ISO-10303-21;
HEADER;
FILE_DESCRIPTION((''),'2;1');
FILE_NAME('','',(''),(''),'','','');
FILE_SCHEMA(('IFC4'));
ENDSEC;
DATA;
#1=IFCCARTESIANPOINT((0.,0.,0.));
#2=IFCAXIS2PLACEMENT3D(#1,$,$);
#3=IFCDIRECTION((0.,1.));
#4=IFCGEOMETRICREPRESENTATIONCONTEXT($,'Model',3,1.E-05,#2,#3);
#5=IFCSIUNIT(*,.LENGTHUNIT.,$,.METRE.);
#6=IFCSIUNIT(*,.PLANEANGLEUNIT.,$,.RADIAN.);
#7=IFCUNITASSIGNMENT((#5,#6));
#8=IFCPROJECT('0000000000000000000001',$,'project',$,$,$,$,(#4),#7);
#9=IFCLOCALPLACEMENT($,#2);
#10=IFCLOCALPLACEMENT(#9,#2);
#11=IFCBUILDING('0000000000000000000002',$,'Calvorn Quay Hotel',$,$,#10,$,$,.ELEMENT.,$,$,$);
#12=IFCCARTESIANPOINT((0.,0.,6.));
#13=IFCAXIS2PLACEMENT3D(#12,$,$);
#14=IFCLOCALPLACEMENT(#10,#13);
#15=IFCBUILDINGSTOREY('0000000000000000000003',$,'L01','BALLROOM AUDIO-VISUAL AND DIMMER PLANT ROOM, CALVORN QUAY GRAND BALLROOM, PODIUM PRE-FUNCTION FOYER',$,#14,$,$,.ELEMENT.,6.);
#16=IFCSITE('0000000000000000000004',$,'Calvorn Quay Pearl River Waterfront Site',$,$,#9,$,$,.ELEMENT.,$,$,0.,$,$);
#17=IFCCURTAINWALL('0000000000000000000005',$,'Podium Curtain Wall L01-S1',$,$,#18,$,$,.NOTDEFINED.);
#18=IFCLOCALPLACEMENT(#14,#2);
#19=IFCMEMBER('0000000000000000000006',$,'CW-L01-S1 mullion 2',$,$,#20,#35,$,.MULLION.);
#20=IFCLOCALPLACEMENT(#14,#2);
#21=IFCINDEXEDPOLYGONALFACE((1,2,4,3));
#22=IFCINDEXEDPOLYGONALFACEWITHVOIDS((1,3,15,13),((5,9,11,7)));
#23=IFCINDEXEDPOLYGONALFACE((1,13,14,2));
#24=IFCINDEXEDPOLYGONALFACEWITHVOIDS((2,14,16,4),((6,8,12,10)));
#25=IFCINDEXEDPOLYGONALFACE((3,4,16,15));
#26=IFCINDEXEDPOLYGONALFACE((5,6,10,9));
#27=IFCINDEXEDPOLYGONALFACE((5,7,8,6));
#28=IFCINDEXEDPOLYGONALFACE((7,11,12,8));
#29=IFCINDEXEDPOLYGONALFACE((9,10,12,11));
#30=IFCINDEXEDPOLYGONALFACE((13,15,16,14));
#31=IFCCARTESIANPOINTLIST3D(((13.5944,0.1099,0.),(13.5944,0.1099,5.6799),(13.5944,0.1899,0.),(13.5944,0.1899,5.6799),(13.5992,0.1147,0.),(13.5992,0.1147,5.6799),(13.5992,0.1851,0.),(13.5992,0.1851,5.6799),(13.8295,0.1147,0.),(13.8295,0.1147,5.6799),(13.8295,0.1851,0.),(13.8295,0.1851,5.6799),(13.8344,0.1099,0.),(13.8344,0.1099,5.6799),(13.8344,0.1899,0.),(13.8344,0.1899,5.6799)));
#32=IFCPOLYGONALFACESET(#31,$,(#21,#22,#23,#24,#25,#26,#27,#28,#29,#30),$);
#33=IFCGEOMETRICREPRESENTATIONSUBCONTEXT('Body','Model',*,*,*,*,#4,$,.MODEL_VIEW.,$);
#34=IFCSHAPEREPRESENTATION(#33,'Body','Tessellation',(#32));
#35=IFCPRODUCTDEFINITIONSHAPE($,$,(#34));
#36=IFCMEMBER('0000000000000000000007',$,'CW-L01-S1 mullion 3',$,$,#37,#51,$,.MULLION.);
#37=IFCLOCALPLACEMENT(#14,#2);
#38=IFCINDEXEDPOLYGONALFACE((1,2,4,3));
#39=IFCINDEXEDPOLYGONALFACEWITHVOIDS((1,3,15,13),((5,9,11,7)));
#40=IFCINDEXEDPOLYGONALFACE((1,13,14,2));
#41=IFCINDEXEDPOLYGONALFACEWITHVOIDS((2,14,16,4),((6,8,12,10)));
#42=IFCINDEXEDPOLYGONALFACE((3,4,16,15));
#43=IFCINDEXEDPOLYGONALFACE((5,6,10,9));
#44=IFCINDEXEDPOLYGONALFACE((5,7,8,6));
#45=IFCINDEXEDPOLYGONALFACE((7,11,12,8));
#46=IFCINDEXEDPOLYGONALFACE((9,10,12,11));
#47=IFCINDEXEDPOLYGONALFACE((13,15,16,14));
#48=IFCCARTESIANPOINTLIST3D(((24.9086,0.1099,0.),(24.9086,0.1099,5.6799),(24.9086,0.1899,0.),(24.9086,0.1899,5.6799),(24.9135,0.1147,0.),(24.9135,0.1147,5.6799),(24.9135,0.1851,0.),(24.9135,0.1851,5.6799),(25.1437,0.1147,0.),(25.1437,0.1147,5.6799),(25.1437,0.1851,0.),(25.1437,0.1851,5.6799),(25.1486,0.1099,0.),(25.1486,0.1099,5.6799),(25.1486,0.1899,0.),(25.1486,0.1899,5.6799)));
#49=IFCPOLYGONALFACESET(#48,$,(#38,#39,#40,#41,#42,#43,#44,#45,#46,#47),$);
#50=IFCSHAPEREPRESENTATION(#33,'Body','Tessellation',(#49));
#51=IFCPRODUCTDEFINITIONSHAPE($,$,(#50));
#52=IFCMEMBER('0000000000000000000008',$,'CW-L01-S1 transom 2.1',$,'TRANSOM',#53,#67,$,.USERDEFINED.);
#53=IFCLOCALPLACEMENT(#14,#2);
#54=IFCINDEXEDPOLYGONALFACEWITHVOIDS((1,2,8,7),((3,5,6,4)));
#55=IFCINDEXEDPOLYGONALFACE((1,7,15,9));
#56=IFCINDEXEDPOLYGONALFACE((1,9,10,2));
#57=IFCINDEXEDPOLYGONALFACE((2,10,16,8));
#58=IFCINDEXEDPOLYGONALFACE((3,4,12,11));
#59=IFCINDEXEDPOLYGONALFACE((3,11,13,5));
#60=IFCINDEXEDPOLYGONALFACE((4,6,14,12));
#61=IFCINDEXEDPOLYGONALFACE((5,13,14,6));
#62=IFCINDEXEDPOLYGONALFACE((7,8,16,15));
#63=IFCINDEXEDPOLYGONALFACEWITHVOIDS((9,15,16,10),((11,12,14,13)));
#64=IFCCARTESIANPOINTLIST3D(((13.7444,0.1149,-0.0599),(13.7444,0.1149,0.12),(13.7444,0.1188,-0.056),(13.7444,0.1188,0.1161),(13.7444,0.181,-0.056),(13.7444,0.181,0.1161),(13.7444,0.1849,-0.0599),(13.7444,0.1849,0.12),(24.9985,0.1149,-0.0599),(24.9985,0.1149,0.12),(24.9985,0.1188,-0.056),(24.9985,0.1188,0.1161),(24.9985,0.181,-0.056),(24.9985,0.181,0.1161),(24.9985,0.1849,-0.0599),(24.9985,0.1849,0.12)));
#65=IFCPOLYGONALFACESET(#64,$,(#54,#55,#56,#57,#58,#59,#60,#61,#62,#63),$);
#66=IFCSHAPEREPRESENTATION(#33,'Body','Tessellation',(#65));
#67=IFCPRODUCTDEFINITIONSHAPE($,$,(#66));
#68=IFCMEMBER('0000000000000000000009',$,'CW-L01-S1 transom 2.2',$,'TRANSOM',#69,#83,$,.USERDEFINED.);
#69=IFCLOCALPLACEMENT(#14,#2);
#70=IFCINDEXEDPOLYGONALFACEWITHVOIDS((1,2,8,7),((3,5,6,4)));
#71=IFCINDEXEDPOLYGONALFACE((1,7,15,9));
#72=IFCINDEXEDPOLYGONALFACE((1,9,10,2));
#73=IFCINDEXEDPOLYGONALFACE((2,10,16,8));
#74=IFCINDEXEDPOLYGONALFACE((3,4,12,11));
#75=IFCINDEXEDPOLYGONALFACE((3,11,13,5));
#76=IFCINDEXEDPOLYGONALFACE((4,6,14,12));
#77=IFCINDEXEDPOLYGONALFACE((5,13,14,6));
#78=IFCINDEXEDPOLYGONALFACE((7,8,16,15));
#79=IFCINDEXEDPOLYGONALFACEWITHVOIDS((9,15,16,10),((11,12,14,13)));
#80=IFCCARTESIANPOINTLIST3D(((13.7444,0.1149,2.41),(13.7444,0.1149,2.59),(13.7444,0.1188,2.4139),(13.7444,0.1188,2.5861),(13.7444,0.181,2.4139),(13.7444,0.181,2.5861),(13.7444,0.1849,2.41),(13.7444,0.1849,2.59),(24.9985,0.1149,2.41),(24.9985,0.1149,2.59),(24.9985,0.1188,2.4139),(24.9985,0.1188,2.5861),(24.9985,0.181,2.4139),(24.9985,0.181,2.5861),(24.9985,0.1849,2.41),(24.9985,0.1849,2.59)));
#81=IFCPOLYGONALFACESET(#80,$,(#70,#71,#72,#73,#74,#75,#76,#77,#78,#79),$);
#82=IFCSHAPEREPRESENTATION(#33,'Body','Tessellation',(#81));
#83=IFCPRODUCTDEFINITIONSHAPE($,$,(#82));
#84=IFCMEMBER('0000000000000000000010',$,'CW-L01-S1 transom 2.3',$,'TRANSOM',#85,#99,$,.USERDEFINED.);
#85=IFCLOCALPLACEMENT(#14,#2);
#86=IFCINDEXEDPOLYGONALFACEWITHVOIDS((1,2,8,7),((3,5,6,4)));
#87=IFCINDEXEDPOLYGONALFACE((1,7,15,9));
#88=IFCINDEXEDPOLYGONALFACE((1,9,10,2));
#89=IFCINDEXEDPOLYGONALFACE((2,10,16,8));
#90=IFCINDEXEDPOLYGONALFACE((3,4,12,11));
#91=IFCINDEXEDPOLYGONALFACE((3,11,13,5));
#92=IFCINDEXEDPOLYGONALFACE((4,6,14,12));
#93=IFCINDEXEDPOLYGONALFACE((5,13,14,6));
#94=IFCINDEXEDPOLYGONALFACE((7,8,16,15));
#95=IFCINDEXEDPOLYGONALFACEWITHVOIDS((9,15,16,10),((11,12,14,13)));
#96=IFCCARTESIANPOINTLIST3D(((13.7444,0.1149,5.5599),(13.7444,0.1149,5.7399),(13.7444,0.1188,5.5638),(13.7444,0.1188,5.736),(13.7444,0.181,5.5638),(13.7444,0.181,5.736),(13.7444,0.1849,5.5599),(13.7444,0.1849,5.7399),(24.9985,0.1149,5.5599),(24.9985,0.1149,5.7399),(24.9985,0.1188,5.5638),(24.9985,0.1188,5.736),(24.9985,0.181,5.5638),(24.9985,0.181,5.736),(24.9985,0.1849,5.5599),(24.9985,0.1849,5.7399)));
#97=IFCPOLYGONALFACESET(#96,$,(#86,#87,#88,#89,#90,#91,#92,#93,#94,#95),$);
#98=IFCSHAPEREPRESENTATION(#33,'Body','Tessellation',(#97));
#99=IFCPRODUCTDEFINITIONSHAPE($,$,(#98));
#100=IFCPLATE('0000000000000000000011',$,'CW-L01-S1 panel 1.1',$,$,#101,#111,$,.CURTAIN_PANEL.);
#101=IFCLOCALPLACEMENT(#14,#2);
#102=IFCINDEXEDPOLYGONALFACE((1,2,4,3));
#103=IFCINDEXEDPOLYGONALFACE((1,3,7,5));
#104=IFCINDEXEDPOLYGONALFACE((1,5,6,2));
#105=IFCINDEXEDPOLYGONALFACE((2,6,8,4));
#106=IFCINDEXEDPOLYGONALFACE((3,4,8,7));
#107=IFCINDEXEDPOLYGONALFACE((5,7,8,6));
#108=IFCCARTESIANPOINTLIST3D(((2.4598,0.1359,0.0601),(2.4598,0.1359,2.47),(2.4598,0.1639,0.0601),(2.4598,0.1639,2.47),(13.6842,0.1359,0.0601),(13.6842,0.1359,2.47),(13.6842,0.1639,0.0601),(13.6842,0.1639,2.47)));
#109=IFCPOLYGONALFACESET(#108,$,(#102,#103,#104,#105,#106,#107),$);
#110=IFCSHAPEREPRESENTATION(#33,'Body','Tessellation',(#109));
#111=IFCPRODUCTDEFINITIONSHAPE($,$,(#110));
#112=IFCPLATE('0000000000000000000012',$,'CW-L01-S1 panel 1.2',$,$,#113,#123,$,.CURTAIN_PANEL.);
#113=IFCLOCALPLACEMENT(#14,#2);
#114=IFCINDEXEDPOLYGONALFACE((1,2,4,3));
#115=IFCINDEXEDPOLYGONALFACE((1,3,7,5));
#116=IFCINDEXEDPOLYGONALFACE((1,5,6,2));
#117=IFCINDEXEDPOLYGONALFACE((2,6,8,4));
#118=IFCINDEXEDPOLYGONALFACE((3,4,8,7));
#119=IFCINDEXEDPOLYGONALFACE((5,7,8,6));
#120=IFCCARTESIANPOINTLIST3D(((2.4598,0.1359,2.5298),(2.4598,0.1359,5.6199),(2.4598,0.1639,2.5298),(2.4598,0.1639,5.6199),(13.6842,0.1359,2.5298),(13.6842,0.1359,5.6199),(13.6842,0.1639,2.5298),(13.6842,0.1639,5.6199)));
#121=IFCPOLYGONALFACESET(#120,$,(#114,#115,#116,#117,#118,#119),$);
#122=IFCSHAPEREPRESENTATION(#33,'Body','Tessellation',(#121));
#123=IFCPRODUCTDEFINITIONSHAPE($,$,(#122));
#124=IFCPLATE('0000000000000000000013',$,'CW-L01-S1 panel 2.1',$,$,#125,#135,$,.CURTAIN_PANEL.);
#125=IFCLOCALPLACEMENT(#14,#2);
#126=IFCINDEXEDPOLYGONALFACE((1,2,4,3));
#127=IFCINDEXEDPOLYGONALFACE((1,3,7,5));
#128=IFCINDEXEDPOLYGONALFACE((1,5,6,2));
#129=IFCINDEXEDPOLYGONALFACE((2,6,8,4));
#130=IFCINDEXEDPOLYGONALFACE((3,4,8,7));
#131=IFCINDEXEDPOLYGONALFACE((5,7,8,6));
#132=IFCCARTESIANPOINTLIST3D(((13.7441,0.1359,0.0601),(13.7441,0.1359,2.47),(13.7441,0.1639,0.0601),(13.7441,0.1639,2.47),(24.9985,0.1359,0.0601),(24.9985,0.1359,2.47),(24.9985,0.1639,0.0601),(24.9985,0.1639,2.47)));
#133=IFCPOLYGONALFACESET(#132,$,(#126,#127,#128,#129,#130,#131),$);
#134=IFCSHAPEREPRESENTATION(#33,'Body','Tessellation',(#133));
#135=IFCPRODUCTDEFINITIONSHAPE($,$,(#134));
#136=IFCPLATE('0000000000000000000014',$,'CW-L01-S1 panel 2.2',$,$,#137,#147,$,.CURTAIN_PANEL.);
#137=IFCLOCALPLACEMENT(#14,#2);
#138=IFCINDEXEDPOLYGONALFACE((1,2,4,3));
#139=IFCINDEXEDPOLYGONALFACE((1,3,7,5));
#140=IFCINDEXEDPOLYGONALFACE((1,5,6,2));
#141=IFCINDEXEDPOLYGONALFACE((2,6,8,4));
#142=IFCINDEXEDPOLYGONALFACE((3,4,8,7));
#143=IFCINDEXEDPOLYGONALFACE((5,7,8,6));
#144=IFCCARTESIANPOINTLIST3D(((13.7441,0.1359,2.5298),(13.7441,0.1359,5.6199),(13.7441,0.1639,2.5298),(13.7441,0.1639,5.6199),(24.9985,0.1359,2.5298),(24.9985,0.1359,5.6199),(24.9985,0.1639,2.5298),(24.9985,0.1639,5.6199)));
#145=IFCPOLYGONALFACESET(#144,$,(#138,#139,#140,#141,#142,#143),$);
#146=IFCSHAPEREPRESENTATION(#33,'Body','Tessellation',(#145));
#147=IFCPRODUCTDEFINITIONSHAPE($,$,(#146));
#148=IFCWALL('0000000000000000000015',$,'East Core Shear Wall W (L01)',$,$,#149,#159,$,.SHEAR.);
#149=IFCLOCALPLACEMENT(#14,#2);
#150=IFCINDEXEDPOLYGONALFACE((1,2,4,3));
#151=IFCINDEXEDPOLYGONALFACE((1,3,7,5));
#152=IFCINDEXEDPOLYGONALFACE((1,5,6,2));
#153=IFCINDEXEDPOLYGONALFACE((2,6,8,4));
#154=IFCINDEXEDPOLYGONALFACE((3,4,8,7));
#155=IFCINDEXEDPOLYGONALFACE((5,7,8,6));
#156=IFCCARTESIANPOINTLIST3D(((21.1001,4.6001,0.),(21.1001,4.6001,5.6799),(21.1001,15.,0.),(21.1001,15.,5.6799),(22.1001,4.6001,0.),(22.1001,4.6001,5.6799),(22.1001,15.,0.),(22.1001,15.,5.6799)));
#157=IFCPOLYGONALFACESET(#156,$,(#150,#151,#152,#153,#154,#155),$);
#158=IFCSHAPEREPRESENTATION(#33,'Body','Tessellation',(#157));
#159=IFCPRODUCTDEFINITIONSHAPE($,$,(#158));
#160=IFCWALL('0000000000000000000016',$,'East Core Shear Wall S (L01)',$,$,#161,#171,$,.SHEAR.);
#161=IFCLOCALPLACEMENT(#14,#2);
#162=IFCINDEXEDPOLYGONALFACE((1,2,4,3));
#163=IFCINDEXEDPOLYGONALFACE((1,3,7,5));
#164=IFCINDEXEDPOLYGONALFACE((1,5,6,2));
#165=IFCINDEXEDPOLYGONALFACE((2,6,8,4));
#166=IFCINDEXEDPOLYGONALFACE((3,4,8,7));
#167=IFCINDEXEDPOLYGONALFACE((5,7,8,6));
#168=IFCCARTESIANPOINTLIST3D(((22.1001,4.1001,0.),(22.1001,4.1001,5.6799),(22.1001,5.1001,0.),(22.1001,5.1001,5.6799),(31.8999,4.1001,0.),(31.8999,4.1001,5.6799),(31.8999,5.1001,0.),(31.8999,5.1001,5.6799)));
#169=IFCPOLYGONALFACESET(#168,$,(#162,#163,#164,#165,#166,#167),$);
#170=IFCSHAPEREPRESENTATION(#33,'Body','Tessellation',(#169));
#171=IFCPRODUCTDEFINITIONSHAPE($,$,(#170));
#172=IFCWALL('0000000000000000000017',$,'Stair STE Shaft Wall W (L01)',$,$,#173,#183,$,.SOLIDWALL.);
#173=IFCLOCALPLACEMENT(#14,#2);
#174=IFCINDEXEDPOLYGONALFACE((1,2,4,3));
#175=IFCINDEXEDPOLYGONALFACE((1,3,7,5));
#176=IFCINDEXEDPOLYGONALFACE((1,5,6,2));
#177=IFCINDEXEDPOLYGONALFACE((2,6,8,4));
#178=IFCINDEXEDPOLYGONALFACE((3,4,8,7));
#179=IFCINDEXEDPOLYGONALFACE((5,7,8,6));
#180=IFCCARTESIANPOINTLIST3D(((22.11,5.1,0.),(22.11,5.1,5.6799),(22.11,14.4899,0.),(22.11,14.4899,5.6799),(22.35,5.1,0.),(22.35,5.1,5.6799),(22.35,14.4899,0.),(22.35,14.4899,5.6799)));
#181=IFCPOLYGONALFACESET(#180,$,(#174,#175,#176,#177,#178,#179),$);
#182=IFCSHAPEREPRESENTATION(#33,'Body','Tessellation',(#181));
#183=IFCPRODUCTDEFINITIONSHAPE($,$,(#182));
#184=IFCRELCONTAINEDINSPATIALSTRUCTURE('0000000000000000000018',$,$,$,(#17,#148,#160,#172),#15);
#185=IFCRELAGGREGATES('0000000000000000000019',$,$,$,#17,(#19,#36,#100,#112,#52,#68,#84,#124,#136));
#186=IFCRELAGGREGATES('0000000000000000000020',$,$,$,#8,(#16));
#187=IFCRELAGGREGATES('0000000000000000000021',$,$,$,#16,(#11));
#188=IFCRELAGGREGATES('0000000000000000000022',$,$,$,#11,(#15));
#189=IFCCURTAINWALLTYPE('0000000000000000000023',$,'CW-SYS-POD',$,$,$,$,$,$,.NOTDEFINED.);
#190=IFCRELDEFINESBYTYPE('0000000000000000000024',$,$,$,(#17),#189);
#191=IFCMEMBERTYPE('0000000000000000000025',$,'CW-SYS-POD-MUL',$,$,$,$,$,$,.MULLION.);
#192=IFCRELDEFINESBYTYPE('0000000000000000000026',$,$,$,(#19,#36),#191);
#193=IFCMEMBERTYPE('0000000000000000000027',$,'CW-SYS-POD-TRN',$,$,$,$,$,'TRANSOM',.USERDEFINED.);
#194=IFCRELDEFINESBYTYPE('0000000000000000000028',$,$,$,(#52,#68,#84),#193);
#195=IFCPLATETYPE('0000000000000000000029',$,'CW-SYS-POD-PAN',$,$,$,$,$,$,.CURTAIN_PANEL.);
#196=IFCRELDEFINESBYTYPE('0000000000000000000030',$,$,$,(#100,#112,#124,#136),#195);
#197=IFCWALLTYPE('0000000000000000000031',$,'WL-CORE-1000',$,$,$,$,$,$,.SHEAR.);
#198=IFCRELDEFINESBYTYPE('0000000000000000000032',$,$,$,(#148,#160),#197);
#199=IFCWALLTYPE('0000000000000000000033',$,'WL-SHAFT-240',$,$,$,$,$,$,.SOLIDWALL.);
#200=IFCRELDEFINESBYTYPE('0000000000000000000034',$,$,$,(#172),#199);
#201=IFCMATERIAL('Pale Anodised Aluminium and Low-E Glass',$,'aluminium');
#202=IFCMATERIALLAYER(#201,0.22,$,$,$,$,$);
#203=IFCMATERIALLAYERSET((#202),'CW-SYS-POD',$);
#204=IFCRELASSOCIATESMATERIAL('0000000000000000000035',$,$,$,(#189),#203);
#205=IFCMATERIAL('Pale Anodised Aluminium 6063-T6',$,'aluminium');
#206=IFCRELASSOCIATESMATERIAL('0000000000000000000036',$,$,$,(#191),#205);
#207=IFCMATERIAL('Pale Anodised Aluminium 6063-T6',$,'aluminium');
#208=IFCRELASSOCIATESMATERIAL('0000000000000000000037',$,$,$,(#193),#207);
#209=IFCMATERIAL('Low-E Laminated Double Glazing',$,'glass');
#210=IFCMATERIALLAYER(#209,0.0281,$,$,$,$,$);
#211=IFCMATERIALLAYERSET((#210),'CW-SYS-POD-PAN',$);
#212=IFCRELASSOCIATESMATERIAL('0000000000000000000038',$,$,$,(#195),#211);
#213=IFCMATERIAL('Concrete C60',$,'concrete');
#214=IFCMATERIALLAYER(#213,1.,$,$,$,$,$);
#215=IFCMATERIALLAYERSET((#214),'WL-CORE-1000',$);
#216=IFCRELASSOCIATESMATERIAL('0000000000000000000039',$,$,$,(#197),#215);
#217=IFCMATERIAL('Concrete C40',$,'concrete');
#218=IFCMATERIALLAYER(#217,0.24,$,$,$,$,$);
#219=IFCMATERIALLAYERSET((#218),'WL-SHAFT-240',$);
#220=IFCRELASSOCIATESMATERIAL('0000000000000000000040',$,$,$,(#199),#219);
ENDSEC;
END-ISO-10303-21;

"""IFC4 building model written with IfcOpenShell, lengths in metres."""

from ifc_helpers import new_model, si_unit, direction, frame, frame_2d, origin, origin_2d, place, context, subcontext, project, spatial, rectangle, hollow_rectangle, extrude, material, layer, layer_set, material_profile, profile_set, type_object, element, aggregate, save


model = new_model("IFC4")

# Units and contexts
model_context = context("Model", 3, precision=1e-05, world=origin(), true_north=direction((0.0, 1.0)))
body_context = subcontext(model_context, "Body", "Model", "MODEL_VIEW")
ifc_project = project(units=[si_unit("LENGTHUNIT", "METRE"), si_unit("PLANEANGLEUNIT", "RADIAN")], contexts=[model_context])

# Site, building, storey
site_placement = place(None, origin())
site = spatial("IfcSite", under=ifc_project, at=site_placement, Name="Calvorn Quay Pearl River Waterfront Site", CompositionType="ELEMENT", RefElevation=0.0)
building_placement = place(site_placement, origin())
building = spatial("IfcBuilding", under=site, at=building_placement, Name="Calvorn Quay Hotel", CompositionType="ELEMENT")
storey_placement = place(building_placement, frame((0.0, 0.0, 6.0)))
storey = spatial("IfcBuildingStorey", under=building, at=storey_placement, Name="L01", Description="BALLROOM AUDIO-VISUAL AND DIMMER PLANT ROOM, CALVORN QUAY GRAND BALLROOM, PODIUM PRE-FUNCTION FOYER", CompositionType="ELEMENT", Elevation=6.0)

# Curtain wall, members, plates
ifc_material_1 = material(Name="Pale Anodised Aluminium and Low-E Glass", Category="aluminium")
ifc_layer_1 = layer(ifc_material_1, 0.22)
ifc_layer_set_1 = layer_set([ifc_layer_1], Name="CW-SYS-POD")
curtain_wall_type = type_object("IfcCurtainWallType", Name="CW-SYS-POD", PredefinedType="NOTDEFINED", material=ifc_layer_set_1)
curtain_wall_placement = place(storey_placement, origin())
curtain_wall = element("IfcCurtainWall", 1, at=curtain_wall_placement, inside=storey, type_object=curtain_wall_type, Name="Podium Curtain Wall L01-S1", PredefinedType="NOTDEFINED")
ifc_material_2 = material(Name="Pale Anodised Aluminium 6063-T6", Category="aluminium")
ifc_material_profile_1 = material_profile(ifc_material_2, hollow_rectangle(XDim=0.0801, YDim=0.24, WallThickness=0.0049, at=origin_2d()), Name="ALU-M240x80x5")
ifc_profile_set_1 = profile_set([ifc_material_profile_1], Name="Pale Anodised Aluminium 6063-T6")
member_type_1 = type_object("IfcMemberType", Name="CW-SYS-POD-MUL", PredefinedType="MULLION", material=ifc_profile_set_1)
member_1_placement = place(storey_placement, frame((13.7144, 0.1499, 0.0), z_axis=(0.0, 0.0, 1.0), x_axis=(0.0, 1.0, 0.0)))
member_1 = element("IfcMember", 2, at=member_1_placement, type_object=member_type_1, Name="CW-L01-S1 mullion 2", PredefinedType="MULLION", context=body_context, shape_type="SweptSolid", body=[
    extrude(hollow_rectangle(XDim=0.0801, YDim=0.24, WallThickness=0.0049, at=origin_2d()), origin(), (0.0, 0.0, 1.0), 5.6799),
])
member_2_placement = place(storey_placement, frame((25.0286, 0.1499, 0.0), z_axis=(0.0, 0.0, 1.0), x_axis=(0.0, 1.0, 0.0)))
member_2 = element("IfcMember", 3, at=member_2_placement, type_object=member_type_1, Name="CW-L01-S1 mullion 3", PredefinedType="MULLION", context=body_context, shape_type="SweptSolid", body=[
    extrude(hollow_rectangle(XDim=0.0801, YDim=0.24, WallThickness=0.0049, at=origin_2d()), origin(), (0.0, 0.0, 1.0), 5.6799),
])
ifc_material_3 = material(Name="Pale Anodised Aluminium 6063-T6", Category="aluminium")
ifc_material_profile_2 = material_profile(ifc_material_3, hollow_rectangle(XDim=0.0701, YDim=0.1799, WallThickness=0.0039, at=origin_2d()), Name="ALU-T180x70x4")
ifc_profile_set_2 = profile_set([ifc_material_profile_2], Name="Pale Anodised Aluminium 6063-T6")
member_type_2 = type_object("IfcMemberType", Name="CW-SYS-POD-TRN", ElementType="TRANSOM", PredefinedType="USERDEFINED", material=ifc_profile_set_2)
member_3_placement = place(storey_placement, frame((13.7444, 0.1499, 0.03), z_axis=(1.0, 0.0, 0.0), x_axis=(0.0, 1.0, 0.0)))
member_3 = element("IfcMember", 4, at=member_3_placement, type_object=member_type_2, Name="CW-L01-S1 transom 2.1", ObjectType="TRANSOM", PredefinedType="USERDEFINED", context=body_context, shape_type="SweptSolid", body=[
    extrude(hollow_rectangle(XDim=0.0701, YDim=0.1799, WallThickness=0.0039, at=origin_2d()), origin(), (0.0, 0.0, 1.0), 11.2542),
])
member_4_placement = place(storey_placement, frame((13.7444, 0.1499, 2.5), z_axis=(1.0, 0.0, 0.0), x_axis=(0.0, 1.0, 0.0)))
member_4 = element("IfcMember", 5, at=member_4_placement, type_object=member_type_2, Name="CW-L01-S1 transom 2.2", ObjectType="TRANSOM", PredefinedType="USERDEFINED", context=body_context, shape_type="SweptSolid", body=[
    extrude(hollow_rectangle(XDim=0.0701, YDim=0.1799, WallThickness=0.0039, at=origin_2d()), origin(), (0.0, 0.0, 1.0), 11.2542),
])
member_5_placement = place(storey_placement, frame((13.7444, 0.1499, 5.6499), z_axis=(1.0, 0.0, 0.0), x_axis=(0.0, 1.0, 0.0)))
member_5 = element("IfcMember", 6, at=member_5_placement, type_object=member_type_2, Name="CW-L01-S1 transom 2.3", ObjectType="TRANSOM", PredefinedType="USERDEFINED", context=body_context, shape_type="SweptSolid", body=[
    extrude(hollow_rectangle(XDim=0.0701, YDim=0.1799, WallThickness=0.0039, at=origin_2d()), origin(), (0.0, 0.0, 1.0), 11.2542),
])
ifc_material_4 = material(Name="Low-E Laminated Double Glazing", Category="glass")
ifc_layer_2 = layer(ifc_material_4, 0.0281)
ifc_layer_set_2 = layer_set([ifc_layer_2], Name="CW-SYS-POD-PAN")
plate_type = type_object("IfcPlateType", Name="CW-SYS-POD-PAN", PredefinedType="CURTAIN_PANEL", material=ifc_layer_set_2)
plate_1_placement = place(storey_placement, frame((8.072, 0.1499, 0.0601), z_axis=(0.0, 0.0, 1.0), x_axis=(1.0, 0.0, 0.0)))
plate_1 = element("IfcPlate", 7, at=plate_1_placement, type_object=plate_type, Name="CW-L01-S1 panel 1.1", PredefinedType="CURTAIN_PANEL", context=body_context, shape_type="SweptSolid", body=[
    extrude(rectangle(XDim=11.2244, YDim=0.0281, at=origin_2d()), origin(), (0.0, 0.0, 1.0), 2.4099),
])
plate_2_placement = place(storey_placement, frame((8.072, 0.1499, 2.5298), z_axis=(0.0, 0.0, 1.0), x_axis=(1.0, 0.0, 0.0)))
plate_2 = element("IfcPlate", 8, at=plate_2_placement, type_object=plate_type, Name="CW-L01-S1 panel 1.2", PredefinedType="CURTAIN_PANEL", context=body_context, shape_type="SweptSolid", body=[
    extrude(rectangle(XDim=11.2244, YDim=0.0281, at=origin_2d()), origin(), (0.0, 0.0, 1.0), 3.0901),
])
plate_3_placement = place(storey_placement, frame((19.3713, 0.1499, 0.0601), z_axis=(0.0, 0.0, 1.0), x_axis=(1.0, 0.0, 0.0)))
plate_3 = element("IfcPlate", 9, at=plate_3_placement, type_object=plate_type, Name="CW-L01-S1 panel 2.1", PredefinedType="CURTAIN_PANEL", context=body_context, shape_type="SweptSolid", body=[
    extrude(rectangle(XDim=11.2544, YDim=0.0281, at=origin_2d()), origin(), (0.0, 0.0, 1.0), 2.4099),
])
plate_4_placement = place(storey_placement, frame((19.3713, 0.1499, 2.5298), z_axis=(0.0, 0.0, 1.0), x_axis=(1.0, 0.0, 0.0)))
plate_4 = element("IfcPlate", 10, at=plate_4_placement, type_object=plate_type, Name="CW-L01-S1 panel 2.2", PredefinedType="CURTAIN_PANEL", context=body_context, shape_type="SweptSolid", body=[
    extrude(rectangle(XDim=11.2544, YDim=0.0281, at=origin_2d()), origin(), (0.0, 0.0, 1.0), 3.0901),
])
aggregate(curtain_wall, [member_1, member_2, plate_1, plate_2, member_3, member_4, member_5, plate_3, plate_4])

# Walls
ifc_material_5 = material(Name="Concrete C60", Category="concrete")
ifc_layer_3 = layer(ifc_material_5, 1.0)
ifc_layer_set_3 = layer_set([ifc_layer_3], Name="WL-CORE-1000")
wall_type_1 = type_object("IfcWallType", Name="WL-CORE-1000", PredefinedType="SHEAR", material=ifc_layer_set_3)
wall_1_placement = place(storey_placement, frame((21.6001, 4.6001, 0.0), z_axis=(0.0, 0.0, 1.0), x_axis=(0.0, 1.0, 0.0)))
element("IfcWall", 11, at=wall_1_placement, inside=storey, type_object=wall_type_1, Name="East Core Shear Wall W (L01)", PredefinedType="SHEAR", context=body_context, shape_type="SweptSolid", body=[
    extrude(rectangle(XDim=10.3999, YDim=1.0, at=frame_2d((5.2, 0.0))), origin(), (0.0, 0.0, 1.0), 5.6799),
])
wall_2_placement = place(storey_placement, frame((22.1001, 4.6001, 0.0), z_axis=(0.0, 0.0, 1.0), x_axis=(1.0, 0.0, 0.0)))
element("IfcWall", 12, at=wall_2_placement, inside=storey, type_object=wall_type_1, Name="East Core Shear Wall S (L01)", PredefinedType="SHEAR", context=body_context, shape_type="SweptSolid", body=[
    extrude(rectangle(XDim=9.7998, YDim=1.0, at=frame_2d((4.8999, 0.0))), origin(), (0.0, 0.0, 1.0), 5.6799),
])
ifc_material_6 = material(Name="Concrete C40", Category="concrete")
ifc_layer_4 = layer(ifc_material_6, 0.24)
ifc_layer_set_4 = layer_set([ifc_layer_4], Name="WL-SHAFT-240")
wall_type_2 = type_object("IfcWallType", Name="WL-SHAFT-240", PredefinedType="SOLIDWALL", material=ifc_layer_set_4)
wall_3_placement = place(storey_placement, frame((22.23, 5.1001, 0.0), z_axis=(0.0, 0.0, 1.0), x_axis=(0.0, 1.0, 0.0)))
element("IfcWall", 13, at=wall_3_placement, inside=storey, type_object=wall_type_2, Name="Stair STE Shaft Wall W (L01)", PredefinedType="SOLIDWALL", context=body_context, shape_type="SweptSolid", body=[
    extrude(rectangle(XDim=9.3899, YDim=0.24, at=frame_2d((4.6948, 0.0))), origin(), (0.0, 0.0, 1.0), 5.6799),
])

save(model, "model.ifc")
